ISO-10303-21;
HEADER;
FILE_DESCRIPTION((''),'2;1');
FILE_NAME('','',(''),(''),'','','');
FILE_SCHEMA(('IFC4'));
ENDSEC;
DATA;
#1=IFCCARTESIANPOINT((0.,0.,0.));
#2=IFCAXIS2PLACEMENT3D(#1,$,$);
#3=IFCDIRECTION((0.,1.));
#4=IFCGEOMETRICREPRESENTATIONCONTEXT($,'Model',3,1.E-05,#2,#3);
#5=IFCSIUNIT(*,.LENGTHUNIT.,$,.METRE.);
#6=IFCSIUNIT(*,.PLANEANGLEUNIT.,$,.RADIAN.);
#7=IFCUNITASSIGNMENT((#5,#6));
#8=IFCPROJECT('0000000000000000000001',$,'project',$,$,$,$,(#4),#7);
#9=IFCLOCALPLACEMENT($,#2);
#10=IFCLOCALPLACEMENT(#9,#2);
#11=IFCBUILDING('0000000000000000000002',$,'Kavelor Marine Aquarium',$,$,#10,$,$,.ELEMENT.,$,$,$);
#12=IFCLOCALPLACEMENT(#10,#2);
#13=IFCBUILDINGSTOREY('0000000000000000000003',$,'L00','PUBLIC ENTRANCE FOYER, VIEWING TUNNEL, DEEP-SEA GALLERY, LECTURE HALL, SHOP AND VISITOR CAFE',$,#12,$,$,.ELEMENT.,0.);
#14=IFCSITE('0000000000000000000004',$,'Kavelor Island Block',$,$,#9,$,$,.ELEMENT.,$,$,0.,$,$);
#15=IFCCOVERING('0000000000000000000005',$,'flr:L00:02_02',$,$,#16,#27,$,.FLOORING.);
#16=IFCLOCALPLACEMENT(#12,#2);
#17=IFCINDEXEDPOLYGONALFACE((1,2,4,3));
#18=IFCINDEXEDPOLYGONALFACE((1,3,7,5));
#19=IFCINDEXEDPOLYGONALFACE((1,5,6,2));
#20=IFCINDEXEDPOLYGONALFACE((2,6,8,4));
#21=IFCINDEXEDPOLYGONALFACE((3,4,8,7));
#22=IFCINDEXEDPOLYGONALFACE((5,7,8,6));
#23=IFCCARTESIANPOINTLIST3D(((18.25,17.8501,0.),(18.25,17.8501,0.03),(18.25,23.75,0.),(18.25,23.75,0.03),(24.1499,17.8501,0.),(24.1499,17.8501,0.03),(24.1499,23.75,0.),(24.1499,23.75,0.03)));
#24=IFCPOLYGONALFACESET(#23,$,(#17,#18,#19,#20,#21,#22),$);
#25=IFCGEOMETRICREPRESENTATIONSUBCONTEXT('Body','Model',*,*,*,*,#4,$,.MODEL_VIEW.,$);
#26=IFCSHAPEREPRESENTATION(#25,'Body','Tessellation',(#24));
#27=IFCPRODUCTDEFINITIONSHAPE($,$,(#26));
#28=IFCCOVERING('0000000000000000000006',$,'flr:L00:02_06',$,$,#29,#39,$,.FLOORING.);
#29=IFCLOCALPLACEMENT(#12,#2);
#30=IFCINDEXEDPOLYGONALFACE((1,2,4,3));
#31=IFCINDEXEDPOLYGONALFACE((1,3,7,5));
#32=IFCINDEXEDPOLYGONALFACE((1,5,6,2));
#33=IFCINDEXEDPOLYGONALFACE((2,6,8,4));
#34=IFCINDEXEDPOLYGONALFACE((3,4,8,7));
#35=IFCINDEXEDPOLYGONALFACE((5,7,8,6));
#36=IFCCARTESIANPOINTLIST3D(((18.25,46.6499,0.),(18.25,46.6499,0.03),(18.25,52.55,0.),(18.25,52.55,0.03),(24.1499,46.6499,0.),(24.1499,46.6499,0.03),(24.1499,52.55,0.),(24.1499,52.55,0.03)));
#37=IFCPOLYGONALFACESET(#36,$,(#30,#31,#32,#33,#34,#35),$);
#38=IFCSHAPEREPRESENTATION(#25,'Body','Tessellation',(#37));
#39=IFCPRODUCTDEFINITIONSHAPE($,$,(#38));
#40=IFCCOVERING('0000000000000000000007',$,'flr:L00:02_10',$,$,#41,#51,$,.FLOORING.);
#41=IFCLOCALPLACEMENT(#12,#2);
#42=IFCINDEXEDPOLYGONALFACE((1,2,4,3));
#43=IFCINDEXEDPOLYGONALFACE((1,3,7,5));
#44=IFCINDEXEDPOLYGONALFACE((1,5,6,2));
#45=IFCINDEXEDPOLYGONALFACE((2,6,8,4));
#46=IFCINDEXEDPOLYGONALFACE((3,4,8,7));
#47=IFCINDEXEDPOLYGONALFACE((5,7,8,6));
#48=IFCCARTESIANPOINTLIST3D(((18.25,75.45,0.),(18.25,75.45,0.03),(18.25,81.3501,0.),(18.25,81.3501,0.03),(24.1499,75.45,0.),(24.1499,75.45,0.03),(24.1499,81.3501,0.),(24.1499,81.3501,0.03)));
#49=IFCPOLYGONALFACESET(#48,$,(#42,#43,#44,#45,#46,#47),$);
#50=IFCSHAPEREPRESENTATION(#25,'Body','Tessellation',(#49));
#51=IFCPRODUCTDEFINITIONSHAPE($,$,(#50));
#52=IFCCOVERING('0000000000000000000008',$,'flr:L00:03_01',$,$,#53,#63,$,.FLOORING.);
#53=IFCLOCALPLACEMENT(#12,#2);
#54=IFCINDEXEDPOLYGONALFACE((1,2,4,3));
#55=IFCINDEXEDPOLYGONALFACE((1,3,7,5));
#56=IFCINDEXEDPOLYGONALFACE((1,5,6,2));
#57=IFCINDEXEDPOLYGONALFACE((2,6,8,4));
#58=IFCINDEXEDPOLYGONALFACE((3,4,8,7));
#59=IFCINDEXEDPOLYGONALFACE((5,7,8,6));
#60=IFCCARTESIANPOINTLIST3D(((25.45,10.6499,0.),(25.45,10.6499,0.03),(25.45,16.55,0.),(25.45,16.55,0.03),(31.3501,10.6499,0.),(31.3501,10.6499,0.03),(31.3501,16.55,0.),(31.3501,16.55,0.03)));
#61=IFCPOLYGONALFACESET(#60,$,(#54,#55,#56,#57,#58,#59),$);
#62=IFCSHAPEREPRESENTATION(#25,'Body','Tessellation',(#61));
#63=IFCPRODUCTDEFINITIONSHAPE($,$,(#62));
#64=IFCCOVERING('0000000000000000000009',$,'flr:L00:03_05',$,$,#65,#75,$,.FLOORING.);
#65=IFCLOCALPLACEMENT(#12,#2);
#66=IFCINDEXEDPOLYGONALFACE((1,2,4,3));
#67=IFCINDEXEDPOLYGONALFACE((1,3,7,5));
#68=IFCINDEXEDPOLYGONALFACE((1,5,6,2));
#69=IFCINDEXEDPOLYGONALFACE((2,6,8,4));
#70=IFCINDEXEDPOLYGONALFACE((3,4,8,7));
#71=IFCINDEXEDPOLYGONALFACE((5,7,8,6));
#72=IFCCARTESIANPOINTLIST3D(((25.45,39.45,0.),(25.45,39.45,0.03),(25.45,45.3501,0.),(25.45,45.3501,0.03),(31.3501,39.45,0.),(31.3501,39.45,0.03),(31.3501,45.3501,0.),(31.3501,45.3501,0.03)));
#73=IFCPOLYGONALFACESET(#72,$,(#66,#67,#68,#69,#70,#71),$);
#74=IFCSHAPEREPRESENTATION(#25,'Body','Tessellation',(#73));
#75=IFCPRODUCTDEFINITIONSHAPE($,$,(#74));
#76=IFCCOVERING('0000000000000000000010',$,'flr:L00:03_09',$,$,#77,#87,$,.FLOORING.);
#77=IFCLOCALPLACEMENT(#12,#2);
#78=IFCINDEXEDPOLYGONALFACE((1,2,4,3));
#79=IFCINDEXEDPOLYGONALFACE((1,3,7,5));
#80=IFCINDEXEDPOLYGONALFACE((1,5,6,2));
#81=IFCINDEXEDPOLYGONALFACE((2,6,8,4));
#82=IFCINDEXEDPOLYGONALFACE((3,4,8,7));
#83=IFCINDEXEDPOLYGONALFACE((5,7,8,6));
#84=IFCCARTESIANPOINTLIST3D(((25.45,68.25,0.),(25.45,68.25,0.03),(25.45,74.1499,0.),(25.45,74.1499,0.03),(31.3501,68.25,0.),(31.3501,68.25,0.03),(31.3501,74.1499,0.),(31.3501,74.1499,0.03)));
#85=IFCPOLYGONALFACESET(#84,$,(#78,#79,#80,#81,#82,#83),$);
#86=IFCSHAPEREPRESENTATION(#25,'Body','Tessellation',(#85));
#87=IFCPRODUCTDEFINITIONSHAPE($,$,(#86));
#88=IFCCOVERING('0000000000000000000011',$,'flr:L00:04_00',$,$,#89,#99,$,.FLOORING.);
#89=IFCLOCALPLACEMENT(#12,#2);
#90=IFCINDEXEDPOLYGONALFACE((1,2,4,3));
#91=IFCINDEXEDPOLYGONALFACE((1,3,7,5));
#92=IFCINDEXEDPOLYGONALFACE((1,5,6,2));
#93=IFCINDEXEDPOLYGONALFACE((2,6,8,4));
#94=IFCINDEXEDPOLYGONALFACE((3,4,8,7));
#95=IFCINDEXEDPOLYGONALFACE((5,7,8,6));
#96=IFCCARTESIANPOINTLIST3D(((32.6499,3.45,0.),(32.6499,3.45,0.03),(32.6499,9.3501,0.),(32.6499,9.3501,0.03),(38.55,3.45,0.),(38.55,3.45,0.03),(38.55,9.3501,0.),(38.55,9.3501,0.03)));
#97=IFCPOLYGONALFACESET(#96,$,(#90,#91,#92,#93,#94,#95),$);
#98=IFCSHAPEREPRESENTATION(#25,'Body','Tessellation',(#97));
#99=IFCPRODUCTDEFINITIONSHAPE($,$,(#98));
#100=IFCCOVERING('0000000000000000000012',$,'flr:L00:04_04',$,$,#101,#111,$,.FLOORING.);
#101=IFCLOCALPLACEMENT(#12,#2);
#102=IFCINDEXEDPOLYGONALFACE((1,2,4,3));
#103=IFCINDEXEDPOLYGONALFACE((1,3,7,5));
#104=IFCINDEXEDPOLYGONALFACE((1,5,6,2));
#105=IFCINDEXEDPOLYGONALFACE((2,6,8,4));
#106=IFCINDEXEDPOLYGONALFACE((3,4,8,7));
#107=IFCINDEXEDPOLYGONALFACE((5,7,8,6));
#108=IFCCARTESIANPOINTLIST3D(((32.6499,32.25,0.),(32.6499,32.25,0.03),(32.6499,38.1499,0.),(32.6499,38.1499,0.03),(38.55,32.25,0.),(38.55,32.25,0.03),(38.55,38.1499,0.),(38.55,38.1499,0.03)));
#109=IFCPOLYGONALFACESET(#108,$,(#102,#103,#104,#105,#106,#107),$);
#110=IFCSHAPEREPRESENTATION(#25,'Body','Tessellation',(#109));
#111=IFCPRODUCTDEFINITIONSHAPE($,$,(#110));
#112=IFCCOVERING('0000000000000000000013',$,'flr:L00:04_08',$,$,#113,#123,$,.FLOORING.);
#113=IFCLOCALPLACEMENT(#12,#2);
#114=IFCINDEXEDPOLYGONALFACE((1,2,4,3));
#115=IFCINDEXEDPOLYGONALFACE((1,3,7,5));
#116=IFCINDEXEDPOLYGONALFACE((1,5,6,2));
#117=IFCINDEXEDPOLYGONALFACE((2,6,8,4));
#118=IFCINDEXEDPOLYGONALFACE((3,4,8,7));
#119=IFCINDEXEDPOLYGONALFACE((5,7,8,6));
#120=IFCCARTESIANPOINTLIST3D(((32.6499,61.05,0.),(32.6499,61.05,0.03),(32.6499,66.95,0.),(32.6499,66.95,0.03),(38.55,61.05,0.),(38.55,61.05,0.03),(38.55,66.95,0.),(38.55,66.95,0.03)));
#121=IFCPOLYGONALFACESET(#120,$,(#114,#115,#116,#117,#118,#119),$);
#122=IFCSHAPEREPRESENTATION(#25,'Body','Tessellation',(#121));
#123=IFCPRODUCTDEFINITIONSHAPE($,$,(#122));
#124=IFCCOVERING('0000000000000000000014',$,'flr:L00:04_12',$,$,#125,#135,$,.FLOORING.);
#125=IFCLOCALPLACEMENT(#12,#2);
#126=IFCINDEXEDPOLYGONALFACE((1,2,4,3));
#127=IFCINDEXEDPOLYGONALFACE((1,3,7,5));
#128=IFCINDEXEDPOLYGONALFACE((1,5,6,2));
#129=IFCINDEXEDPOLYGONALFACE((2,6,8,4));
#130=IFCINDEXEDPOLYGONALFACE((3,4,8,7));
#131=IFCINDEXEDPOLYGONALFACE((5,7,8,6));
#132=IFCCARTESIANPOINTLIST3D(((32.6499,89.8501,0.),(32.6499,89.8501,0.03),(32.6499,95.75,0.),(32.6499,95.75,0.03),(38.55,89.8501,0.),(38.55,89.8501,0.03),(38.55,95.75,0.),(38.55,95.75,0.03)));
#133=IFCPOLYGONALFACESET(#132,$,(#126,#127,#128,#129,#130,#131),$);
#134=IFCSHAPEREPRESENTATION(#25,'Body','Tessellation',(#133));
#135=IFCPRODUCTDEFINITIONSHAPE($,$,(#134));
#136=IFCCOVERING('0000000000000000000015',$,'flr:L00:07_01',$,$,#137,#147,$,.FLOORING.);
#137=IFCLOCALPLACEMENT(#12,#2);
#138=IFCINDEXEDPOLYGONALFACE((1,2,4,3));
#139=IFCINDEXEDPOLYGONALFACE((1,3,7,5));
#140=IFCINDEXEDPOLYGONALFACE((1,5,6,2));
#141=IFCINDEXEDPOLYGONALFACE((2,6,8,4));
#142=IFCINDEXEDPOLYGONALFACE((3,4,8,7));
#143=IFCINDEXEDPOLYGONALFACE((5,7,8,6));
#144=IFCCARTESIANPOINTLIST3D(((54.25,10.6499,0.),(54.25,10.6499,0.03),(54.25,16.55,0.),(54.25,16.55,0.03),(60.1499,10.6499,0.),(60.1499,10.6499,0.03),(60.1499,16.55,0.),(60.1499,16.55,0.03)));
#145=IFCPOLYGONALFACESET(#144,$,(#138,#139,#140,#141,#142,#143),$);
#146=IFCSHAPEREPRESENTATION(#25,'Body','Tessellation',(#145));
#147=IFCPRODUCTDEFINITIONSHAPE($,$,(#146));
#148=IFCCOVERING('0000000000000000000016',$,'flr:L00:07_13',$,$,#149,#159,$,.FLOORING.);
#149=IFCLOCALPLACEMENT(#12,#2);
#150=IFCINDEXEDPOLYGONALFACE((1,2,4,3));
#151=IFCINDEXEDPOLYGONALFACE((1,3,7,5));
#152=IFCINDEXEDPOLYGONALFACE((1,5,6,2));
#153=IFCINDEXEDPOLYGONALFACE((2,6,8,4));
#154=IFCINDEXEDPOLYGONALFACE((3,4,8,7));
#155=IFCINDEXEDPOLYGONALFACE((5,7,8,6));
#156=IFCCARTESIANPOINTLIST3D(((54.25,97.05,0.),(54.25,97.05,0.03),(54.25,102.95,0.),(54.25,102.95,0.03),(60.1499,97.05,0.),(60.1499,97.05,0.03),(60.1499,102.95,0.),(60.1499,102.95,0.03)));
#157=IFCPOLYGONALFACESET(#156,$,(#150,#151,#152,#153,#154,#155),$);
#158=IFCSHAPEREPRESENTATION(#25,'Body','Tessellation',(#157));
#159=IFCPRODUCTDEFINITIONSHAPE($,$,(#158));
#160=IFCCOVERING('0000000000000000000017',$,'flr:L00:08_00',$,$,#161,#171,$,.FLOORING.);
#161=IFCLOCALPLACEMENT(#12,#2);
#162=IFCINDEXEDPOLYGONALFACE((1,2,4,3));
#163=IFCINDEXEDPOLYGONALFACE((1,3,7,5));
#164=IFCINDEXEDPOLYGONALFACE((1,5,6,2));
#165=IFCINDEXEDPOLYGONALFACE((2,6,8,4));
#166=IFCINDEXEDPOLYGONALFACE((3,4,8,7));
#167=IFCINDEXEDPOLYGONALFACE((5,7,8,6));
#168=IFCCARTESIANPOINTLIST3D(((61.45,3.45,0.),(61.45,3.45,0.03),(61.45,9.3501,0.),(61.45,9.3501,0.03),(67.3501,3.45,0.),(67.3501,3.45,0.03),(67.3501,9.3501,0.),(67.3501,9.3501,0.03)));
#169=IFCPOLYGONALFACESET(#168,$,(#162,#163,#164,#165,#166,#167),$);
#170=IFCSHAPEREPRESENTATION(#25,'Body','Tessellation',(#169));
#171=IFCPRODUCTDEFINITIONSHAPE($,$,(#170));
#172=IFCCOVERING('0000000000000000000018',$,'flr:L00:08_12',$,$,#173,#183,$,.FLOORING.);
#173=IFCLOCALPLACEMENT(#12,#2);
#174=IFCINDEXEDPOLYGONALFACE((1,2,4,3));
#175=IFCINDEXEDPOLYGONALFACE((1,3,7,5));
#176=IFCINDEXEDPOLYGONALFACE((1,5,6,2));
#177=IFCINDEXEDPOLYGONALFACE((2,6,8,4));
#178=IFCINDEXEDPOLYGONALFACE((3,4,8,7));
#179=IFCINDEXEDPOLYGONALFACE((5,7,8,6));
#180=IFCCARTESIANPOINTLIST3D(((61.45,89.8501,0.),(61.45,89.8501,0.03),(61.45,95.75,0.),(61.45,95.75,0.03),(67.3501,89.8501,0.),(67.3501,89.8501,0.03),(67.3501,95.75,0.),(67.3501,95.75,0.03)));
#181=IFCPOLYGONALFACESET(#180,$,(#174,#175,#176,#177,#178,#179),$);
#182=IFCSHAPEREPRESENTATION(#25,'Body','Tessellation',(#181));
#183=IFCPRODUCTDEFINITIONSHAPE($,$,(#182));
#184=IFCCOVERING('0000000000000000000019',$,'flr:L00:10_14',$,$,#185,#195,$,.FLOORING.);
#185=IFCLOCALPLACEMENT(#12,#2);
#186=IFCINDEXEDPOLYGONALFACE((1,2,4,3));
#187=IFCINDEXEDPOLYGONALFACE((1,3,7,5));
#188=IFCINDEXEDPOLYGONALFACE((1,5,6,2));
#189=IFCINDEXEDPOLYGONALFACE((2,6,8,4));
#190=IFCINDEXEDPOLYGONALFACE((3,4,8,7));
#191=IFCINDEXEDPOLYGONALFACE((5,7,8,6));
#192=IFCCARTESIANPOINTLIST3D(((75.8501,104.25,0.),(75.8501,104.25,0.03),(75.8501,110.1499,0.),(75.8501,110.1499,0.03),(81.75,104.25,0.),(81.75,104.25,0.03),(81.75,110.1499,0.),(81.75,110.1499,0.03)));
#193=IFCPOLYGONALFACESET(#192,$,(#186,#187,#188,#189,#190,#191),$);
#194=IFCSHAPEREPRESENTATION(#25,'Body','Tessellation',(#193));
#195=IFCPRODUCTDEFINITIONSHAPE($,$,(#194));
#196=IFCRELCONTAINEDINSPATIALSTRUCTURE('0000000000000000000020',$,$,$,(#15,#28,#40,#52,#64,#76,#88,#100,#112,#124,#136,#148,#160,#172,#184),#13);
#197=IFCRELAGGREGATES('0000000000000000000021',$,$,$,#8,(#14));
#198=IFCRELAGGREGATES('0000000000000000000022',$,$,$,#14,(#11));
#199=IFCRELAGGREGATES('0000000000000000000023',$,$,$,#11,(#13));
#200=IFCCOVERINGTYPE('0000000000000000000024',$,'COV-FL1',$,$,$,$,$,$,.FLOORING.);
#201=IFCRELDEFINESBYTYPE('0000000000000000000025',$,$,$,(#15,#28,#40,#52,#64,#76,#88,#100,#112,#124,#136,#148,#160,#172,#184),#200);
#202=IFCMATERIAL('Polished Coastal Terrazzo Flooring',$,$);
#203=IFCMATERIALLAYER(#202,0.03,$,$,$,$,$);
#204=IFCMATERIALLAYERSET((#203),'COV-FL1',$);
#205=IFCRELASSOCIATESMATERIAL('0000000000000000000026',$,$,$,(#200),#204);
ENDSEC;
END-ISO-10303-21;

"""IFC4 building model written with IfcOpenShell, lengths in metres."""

from ifc_helpers import new_model, si_unit, direction, origin, place, context, subcontext, project, spatial, polyline, outline, extrude, material, layer, layer_set, type_object, element, save


model = new_model("IFC4")

# Units and contexts
model_context = context("Model", 3, precision=1e-05, world=origin(), true_north=direction((0.0, 1.0)))
body_context = subcontext(model_context, "Body", "Model", "MODEL_VIEW")
ifc_project = project(units=[si_unit("LENGTHUNIT", "METRE"), si_unit("PLANEANGLEUNIT", "RADIAN")], contexts=[model_context])

# Site, building, storey
site_placement = place(None, origin())
site = spatial("IfcSite", under=ifc_project, at=site_placement, Name="Kavelor Island Block", CompositionType="ELEMENT", RefElevation=0.0)
building_placement = place(site_placement, origin())
building = spatial("IfcBuilding", under=site, at=building_placement, Name="Kavelor Marine Aquarium", CompositionType="ELEMENT")
storey_placement = place(building_placement, origin())
storey = spatial("IfcBuildingStorey", under=building, at=storey_placement, Name="L00", Description="PUBLIC ENTRANCE FOYER, VIEWING TUNNEL, DEEP-SEA GALLERY, LECTURE HALL, SHOP AND VISITOR CAFE", CompositionType="ELEMENT", Elevation=0.0)

# Coverings
ifc_material_1 = material(Name="Polished Coastal Terrazzo Flooring")
ifc_layer_1 = layer(ifc_material_1, 0.03)
ifc_layer_set_1 = layer_set([ifc_layer_1], Name="COV-FL1")
covering_type_1 = type_object("IfcCoveringType", Name="COV-FL1", PredefinedType="FLOORING", material=ifc_layer_set_1)
covering_1_placement = place(storey_placement, origin())
element("IfcCovering", 1, at=covering_1_placement, inside=storey, type_object=covering_type_1, Name="flr:L00:02_02", PredefinedType="FLOORING", context=body_context, shape_type="SweptSolid", body=[
    extrude(outline(polyline([(18.25, 17.8501), (24.1499, 17.8501), (24.1499, 23.75), (18.25, 23.75), (18.25, 17.8501)])), origin(), (0.0, 0.0, 1.0), 0.03),
])
covering_2_placement = place(storey_placement, origin())
element("IfcCovering", 2, at=covering_2_placement, inside=storey, type_object=covering_type_1, Name="flr:L00:02_06", PredefinedType="FLOORING", context=body_context, shape_type="SweptSolid", body=[
    extrude(outline(polyline([(18.25, 46.6499), (24.1499, 46.6499), (24.1499, 52.55), (18.25, 52.55), (18.25, 46.6499)])), origin(), (0.0, 0.0, 1.0), 0.03),
])
covering_3_placement = place(storey_placement, origin())
element("IfcCovering", 3, at=covering_3_placement, inside=storey, type_object=covering_type_1, Name="flr:L00:02_10", PredefinedType="FLOORING", context=body_context, shape_type="SweptSolid", body=[
    extrude(outline(polyline([(18.25, 75.45), (24.1499, 75.45), (24.1499, 81.3501), (18.25, 81.3501), (18.25, 75.45)])), origin(), (0.0, 0.0, 1.0), 0.03),
])
covering_4_placement = place(storey_placement, origin())
element("IfcCovering", 4, at=covering_4_placement, inside=storey, type_object=covering_type_1, Name="flr:L00:03_01", PredefinedType="FLOORING", context=body_context, shape_type="SweptSolid", body=[
    extrude(outline(polyline([(25.45, 10.6499), (31.3501, 10.6499), (31.3501, 16.55), (25.45, 16.55), (25.45, 10.6499)])), origin(), (0.0, 0.0, 1.0), 0.03),
])
covering_5_placement = place(storey_placement, origin())
element("IfcCovering", 5, at=covering_5_placement, inside=storey, type_object=covering_type_1, Name="flr:L00:03_05", PredefinedType="FLOORING", context=body_context, shape_type="SweptSolid", body=[
    extrude(outline(polyline([(25.45, 39.45), (31.3501, 39.45), (31.3501, 45.3501), (25.45, 45.3501), (25.45, 39.45)])), origin(), (0.0, 0.0, 1.0), 0.03),
])
covering_6_placement = place(storey_placement, origin())
element("IfcCovering", 6, at=covering_6_placement, inside=storey, type_object=covering_type_1, Name="flr:L00:03_09", PredefinedType="FLOORING", context=body_context, shape_type="SweptSolid", body=[
    extrude(outline(polyline([(25.45, 68.25), (31.3501, 68.25), (31.3501, 74.1499), (25.45, 74.1499), (25.45, 68.25)])), origin(), (0.0, 0.0, 1.0), 0.03),
])
covering_7_placement = place(storey_placement, origin())
element("IfcCovering", 7, at=covering_7_placement, inside=storey, type_object=covering_type_1, Name="flr:L00:04_00", PredefinedType="FLOORING", context=body_context, shape_type="SweptSolid", body=[
    extrude(outline(polyline([(32.6499, 3.45), (38.55, 3.45), (38.55, 9.3501), (32.6499, 9.3501), (32.6499, 3.45)])), origin(), (0.0, 0.0, 1.0), 0.03),
])
covering_8_placement = place(storey_placement, origin())
element("IfcCovering", 8, at=covering_8_placement, inside=storey, type_object=covering_type_1, Name="flr:L00:04_04", PredefinedType="FLOORING", context=body_context, shape_type="SweptSolid", body=[
    extrude(outline(polyline([(32.6499, 32.25), (38.55, 32.25), (38.55, 38.1499), (32.6499, 38.1499), (32.6499, 32.25)])), origin(), (0.0, 0.0, 1.0), 0.03),
])
covering_9_placement = place(storey_placement, origin())
element("IfcCovering", 9, at=covering_9_placement, inside=storey, type_object=covering_type_1, Name="flr:L00:04_08", PredefinedType="FLOORING", context=body_context, shape_type="SweptSolid", body=[
    extrude(outline(polyline([(32.6499, 61.05), (38.55, 61.05), (38.55, 66.95), (32.6499, 66.95), (32.6499, 61.05)])), origin(), (0.0, 0.0, 1.0), 0.03),
])
covering_10_placement = place(storey_placement, origin())
element("IfcCovering", 10, at=covering_10_placement, inside=storey, type_object=covering_type_1, Name="flr:L00:04_12", PredefinedType="FLOORING", context=body_context, shape_type="SweptSolid", body=[
    extrude(outline(polyline([(32.6499, 89.8501), (38.55, 89.8501), (38.55, 95.75), (32.6499, 95.75), (32.6499, 89.8501)])), origin(), (0.0, 0.0, 1.0), 0.03),
])
covering_11_placement = place(storey_placement, origin())
element("IfcCovering", 11, at=covering_11_placement, inside=storey, type_object=covering_type_1, Name="flr:L00:07_01", PredefinedType="FLOORING", context=body_context, shape_type="SweptSolid", body=[
    extrude(outline(polyline([(54.25, 10.6499), (60.1499, 10.6499), (60.1499, 16.55), (54.25, 16.55), (54.25, 10.6499)])), origin(), (0.0, 0.0, 1.0), 0.03),
])
covering_12_placement = place(storey_placement, origin())
element("IfcCovering", 12, at=covering_12_placement, inside=storey, type_object=covering_type_1, Name="flr:L00:07_13", PredefinedType="FLOORING", context=body_context, shape_type="SweptSolid", body=[
    extrude(outline(polyline([(54.25, 97.05), (60.1499, 97.05), (60.1499, 102.95), (54.25, 102.95), (54.25, 97.05)])), origin(), (0.0, 0.0, 1.0), 0.03),
])
covering_13_placement = place(storey_placement, origin())
element("IfcCovering", 13, at=covering_13_placement, inside=storey, type_object=covering_type_1, Name="flr:L00:08_00", PredefinedType="FLOORING", context=body_context, shape_type="SweptSolid", body=[
    extrude(outline(polyline([(61.45, 3.45), (67.3501, 3.45), (67.3501, 9.3501), (61.45, 9.3501), (61.45, 3.45)])), origin(), (0.0, 0.0, 1.0), 0.03),
])
covering_14_placement = place(storey_placement, origin())
element("IfcCovering", 14, at=covering_14_placement, inside=storey, type_object=covering_type_1, Name="flr:L00:08_12", PredefinedType="FLOORING", context=body_context, shape_type="SweptSolid", body=[
    extrude(outline(polyline([(61.45, 89.8501), (67.3501, 89.8501), (67.3501, 95.75), (61.45, 95.75), (61.45, 89.8501)])), origin(), (0.0, 0.0, 1.0), 0.03),
])
covering_15_placement = place(storey_placement, origin())
element("IfcCovering", 15, at=covering_15_placement, inside=storey, type_object=covering_type_1, Name="flr:L00:10_14", PredefinedType="FLOORING", context=body_context, shape_type="SweptSolid", body=[
    extrude(outline(polyline([(75.8501, 104.25), (81.75, 104.25), (81.75, 110.1499), (75.8501, 110.1499), (75.8501, 104.25)])), origin(), (0.0, 0.0, 1.0), 0.03),
])

save(model, "model.ifc")
